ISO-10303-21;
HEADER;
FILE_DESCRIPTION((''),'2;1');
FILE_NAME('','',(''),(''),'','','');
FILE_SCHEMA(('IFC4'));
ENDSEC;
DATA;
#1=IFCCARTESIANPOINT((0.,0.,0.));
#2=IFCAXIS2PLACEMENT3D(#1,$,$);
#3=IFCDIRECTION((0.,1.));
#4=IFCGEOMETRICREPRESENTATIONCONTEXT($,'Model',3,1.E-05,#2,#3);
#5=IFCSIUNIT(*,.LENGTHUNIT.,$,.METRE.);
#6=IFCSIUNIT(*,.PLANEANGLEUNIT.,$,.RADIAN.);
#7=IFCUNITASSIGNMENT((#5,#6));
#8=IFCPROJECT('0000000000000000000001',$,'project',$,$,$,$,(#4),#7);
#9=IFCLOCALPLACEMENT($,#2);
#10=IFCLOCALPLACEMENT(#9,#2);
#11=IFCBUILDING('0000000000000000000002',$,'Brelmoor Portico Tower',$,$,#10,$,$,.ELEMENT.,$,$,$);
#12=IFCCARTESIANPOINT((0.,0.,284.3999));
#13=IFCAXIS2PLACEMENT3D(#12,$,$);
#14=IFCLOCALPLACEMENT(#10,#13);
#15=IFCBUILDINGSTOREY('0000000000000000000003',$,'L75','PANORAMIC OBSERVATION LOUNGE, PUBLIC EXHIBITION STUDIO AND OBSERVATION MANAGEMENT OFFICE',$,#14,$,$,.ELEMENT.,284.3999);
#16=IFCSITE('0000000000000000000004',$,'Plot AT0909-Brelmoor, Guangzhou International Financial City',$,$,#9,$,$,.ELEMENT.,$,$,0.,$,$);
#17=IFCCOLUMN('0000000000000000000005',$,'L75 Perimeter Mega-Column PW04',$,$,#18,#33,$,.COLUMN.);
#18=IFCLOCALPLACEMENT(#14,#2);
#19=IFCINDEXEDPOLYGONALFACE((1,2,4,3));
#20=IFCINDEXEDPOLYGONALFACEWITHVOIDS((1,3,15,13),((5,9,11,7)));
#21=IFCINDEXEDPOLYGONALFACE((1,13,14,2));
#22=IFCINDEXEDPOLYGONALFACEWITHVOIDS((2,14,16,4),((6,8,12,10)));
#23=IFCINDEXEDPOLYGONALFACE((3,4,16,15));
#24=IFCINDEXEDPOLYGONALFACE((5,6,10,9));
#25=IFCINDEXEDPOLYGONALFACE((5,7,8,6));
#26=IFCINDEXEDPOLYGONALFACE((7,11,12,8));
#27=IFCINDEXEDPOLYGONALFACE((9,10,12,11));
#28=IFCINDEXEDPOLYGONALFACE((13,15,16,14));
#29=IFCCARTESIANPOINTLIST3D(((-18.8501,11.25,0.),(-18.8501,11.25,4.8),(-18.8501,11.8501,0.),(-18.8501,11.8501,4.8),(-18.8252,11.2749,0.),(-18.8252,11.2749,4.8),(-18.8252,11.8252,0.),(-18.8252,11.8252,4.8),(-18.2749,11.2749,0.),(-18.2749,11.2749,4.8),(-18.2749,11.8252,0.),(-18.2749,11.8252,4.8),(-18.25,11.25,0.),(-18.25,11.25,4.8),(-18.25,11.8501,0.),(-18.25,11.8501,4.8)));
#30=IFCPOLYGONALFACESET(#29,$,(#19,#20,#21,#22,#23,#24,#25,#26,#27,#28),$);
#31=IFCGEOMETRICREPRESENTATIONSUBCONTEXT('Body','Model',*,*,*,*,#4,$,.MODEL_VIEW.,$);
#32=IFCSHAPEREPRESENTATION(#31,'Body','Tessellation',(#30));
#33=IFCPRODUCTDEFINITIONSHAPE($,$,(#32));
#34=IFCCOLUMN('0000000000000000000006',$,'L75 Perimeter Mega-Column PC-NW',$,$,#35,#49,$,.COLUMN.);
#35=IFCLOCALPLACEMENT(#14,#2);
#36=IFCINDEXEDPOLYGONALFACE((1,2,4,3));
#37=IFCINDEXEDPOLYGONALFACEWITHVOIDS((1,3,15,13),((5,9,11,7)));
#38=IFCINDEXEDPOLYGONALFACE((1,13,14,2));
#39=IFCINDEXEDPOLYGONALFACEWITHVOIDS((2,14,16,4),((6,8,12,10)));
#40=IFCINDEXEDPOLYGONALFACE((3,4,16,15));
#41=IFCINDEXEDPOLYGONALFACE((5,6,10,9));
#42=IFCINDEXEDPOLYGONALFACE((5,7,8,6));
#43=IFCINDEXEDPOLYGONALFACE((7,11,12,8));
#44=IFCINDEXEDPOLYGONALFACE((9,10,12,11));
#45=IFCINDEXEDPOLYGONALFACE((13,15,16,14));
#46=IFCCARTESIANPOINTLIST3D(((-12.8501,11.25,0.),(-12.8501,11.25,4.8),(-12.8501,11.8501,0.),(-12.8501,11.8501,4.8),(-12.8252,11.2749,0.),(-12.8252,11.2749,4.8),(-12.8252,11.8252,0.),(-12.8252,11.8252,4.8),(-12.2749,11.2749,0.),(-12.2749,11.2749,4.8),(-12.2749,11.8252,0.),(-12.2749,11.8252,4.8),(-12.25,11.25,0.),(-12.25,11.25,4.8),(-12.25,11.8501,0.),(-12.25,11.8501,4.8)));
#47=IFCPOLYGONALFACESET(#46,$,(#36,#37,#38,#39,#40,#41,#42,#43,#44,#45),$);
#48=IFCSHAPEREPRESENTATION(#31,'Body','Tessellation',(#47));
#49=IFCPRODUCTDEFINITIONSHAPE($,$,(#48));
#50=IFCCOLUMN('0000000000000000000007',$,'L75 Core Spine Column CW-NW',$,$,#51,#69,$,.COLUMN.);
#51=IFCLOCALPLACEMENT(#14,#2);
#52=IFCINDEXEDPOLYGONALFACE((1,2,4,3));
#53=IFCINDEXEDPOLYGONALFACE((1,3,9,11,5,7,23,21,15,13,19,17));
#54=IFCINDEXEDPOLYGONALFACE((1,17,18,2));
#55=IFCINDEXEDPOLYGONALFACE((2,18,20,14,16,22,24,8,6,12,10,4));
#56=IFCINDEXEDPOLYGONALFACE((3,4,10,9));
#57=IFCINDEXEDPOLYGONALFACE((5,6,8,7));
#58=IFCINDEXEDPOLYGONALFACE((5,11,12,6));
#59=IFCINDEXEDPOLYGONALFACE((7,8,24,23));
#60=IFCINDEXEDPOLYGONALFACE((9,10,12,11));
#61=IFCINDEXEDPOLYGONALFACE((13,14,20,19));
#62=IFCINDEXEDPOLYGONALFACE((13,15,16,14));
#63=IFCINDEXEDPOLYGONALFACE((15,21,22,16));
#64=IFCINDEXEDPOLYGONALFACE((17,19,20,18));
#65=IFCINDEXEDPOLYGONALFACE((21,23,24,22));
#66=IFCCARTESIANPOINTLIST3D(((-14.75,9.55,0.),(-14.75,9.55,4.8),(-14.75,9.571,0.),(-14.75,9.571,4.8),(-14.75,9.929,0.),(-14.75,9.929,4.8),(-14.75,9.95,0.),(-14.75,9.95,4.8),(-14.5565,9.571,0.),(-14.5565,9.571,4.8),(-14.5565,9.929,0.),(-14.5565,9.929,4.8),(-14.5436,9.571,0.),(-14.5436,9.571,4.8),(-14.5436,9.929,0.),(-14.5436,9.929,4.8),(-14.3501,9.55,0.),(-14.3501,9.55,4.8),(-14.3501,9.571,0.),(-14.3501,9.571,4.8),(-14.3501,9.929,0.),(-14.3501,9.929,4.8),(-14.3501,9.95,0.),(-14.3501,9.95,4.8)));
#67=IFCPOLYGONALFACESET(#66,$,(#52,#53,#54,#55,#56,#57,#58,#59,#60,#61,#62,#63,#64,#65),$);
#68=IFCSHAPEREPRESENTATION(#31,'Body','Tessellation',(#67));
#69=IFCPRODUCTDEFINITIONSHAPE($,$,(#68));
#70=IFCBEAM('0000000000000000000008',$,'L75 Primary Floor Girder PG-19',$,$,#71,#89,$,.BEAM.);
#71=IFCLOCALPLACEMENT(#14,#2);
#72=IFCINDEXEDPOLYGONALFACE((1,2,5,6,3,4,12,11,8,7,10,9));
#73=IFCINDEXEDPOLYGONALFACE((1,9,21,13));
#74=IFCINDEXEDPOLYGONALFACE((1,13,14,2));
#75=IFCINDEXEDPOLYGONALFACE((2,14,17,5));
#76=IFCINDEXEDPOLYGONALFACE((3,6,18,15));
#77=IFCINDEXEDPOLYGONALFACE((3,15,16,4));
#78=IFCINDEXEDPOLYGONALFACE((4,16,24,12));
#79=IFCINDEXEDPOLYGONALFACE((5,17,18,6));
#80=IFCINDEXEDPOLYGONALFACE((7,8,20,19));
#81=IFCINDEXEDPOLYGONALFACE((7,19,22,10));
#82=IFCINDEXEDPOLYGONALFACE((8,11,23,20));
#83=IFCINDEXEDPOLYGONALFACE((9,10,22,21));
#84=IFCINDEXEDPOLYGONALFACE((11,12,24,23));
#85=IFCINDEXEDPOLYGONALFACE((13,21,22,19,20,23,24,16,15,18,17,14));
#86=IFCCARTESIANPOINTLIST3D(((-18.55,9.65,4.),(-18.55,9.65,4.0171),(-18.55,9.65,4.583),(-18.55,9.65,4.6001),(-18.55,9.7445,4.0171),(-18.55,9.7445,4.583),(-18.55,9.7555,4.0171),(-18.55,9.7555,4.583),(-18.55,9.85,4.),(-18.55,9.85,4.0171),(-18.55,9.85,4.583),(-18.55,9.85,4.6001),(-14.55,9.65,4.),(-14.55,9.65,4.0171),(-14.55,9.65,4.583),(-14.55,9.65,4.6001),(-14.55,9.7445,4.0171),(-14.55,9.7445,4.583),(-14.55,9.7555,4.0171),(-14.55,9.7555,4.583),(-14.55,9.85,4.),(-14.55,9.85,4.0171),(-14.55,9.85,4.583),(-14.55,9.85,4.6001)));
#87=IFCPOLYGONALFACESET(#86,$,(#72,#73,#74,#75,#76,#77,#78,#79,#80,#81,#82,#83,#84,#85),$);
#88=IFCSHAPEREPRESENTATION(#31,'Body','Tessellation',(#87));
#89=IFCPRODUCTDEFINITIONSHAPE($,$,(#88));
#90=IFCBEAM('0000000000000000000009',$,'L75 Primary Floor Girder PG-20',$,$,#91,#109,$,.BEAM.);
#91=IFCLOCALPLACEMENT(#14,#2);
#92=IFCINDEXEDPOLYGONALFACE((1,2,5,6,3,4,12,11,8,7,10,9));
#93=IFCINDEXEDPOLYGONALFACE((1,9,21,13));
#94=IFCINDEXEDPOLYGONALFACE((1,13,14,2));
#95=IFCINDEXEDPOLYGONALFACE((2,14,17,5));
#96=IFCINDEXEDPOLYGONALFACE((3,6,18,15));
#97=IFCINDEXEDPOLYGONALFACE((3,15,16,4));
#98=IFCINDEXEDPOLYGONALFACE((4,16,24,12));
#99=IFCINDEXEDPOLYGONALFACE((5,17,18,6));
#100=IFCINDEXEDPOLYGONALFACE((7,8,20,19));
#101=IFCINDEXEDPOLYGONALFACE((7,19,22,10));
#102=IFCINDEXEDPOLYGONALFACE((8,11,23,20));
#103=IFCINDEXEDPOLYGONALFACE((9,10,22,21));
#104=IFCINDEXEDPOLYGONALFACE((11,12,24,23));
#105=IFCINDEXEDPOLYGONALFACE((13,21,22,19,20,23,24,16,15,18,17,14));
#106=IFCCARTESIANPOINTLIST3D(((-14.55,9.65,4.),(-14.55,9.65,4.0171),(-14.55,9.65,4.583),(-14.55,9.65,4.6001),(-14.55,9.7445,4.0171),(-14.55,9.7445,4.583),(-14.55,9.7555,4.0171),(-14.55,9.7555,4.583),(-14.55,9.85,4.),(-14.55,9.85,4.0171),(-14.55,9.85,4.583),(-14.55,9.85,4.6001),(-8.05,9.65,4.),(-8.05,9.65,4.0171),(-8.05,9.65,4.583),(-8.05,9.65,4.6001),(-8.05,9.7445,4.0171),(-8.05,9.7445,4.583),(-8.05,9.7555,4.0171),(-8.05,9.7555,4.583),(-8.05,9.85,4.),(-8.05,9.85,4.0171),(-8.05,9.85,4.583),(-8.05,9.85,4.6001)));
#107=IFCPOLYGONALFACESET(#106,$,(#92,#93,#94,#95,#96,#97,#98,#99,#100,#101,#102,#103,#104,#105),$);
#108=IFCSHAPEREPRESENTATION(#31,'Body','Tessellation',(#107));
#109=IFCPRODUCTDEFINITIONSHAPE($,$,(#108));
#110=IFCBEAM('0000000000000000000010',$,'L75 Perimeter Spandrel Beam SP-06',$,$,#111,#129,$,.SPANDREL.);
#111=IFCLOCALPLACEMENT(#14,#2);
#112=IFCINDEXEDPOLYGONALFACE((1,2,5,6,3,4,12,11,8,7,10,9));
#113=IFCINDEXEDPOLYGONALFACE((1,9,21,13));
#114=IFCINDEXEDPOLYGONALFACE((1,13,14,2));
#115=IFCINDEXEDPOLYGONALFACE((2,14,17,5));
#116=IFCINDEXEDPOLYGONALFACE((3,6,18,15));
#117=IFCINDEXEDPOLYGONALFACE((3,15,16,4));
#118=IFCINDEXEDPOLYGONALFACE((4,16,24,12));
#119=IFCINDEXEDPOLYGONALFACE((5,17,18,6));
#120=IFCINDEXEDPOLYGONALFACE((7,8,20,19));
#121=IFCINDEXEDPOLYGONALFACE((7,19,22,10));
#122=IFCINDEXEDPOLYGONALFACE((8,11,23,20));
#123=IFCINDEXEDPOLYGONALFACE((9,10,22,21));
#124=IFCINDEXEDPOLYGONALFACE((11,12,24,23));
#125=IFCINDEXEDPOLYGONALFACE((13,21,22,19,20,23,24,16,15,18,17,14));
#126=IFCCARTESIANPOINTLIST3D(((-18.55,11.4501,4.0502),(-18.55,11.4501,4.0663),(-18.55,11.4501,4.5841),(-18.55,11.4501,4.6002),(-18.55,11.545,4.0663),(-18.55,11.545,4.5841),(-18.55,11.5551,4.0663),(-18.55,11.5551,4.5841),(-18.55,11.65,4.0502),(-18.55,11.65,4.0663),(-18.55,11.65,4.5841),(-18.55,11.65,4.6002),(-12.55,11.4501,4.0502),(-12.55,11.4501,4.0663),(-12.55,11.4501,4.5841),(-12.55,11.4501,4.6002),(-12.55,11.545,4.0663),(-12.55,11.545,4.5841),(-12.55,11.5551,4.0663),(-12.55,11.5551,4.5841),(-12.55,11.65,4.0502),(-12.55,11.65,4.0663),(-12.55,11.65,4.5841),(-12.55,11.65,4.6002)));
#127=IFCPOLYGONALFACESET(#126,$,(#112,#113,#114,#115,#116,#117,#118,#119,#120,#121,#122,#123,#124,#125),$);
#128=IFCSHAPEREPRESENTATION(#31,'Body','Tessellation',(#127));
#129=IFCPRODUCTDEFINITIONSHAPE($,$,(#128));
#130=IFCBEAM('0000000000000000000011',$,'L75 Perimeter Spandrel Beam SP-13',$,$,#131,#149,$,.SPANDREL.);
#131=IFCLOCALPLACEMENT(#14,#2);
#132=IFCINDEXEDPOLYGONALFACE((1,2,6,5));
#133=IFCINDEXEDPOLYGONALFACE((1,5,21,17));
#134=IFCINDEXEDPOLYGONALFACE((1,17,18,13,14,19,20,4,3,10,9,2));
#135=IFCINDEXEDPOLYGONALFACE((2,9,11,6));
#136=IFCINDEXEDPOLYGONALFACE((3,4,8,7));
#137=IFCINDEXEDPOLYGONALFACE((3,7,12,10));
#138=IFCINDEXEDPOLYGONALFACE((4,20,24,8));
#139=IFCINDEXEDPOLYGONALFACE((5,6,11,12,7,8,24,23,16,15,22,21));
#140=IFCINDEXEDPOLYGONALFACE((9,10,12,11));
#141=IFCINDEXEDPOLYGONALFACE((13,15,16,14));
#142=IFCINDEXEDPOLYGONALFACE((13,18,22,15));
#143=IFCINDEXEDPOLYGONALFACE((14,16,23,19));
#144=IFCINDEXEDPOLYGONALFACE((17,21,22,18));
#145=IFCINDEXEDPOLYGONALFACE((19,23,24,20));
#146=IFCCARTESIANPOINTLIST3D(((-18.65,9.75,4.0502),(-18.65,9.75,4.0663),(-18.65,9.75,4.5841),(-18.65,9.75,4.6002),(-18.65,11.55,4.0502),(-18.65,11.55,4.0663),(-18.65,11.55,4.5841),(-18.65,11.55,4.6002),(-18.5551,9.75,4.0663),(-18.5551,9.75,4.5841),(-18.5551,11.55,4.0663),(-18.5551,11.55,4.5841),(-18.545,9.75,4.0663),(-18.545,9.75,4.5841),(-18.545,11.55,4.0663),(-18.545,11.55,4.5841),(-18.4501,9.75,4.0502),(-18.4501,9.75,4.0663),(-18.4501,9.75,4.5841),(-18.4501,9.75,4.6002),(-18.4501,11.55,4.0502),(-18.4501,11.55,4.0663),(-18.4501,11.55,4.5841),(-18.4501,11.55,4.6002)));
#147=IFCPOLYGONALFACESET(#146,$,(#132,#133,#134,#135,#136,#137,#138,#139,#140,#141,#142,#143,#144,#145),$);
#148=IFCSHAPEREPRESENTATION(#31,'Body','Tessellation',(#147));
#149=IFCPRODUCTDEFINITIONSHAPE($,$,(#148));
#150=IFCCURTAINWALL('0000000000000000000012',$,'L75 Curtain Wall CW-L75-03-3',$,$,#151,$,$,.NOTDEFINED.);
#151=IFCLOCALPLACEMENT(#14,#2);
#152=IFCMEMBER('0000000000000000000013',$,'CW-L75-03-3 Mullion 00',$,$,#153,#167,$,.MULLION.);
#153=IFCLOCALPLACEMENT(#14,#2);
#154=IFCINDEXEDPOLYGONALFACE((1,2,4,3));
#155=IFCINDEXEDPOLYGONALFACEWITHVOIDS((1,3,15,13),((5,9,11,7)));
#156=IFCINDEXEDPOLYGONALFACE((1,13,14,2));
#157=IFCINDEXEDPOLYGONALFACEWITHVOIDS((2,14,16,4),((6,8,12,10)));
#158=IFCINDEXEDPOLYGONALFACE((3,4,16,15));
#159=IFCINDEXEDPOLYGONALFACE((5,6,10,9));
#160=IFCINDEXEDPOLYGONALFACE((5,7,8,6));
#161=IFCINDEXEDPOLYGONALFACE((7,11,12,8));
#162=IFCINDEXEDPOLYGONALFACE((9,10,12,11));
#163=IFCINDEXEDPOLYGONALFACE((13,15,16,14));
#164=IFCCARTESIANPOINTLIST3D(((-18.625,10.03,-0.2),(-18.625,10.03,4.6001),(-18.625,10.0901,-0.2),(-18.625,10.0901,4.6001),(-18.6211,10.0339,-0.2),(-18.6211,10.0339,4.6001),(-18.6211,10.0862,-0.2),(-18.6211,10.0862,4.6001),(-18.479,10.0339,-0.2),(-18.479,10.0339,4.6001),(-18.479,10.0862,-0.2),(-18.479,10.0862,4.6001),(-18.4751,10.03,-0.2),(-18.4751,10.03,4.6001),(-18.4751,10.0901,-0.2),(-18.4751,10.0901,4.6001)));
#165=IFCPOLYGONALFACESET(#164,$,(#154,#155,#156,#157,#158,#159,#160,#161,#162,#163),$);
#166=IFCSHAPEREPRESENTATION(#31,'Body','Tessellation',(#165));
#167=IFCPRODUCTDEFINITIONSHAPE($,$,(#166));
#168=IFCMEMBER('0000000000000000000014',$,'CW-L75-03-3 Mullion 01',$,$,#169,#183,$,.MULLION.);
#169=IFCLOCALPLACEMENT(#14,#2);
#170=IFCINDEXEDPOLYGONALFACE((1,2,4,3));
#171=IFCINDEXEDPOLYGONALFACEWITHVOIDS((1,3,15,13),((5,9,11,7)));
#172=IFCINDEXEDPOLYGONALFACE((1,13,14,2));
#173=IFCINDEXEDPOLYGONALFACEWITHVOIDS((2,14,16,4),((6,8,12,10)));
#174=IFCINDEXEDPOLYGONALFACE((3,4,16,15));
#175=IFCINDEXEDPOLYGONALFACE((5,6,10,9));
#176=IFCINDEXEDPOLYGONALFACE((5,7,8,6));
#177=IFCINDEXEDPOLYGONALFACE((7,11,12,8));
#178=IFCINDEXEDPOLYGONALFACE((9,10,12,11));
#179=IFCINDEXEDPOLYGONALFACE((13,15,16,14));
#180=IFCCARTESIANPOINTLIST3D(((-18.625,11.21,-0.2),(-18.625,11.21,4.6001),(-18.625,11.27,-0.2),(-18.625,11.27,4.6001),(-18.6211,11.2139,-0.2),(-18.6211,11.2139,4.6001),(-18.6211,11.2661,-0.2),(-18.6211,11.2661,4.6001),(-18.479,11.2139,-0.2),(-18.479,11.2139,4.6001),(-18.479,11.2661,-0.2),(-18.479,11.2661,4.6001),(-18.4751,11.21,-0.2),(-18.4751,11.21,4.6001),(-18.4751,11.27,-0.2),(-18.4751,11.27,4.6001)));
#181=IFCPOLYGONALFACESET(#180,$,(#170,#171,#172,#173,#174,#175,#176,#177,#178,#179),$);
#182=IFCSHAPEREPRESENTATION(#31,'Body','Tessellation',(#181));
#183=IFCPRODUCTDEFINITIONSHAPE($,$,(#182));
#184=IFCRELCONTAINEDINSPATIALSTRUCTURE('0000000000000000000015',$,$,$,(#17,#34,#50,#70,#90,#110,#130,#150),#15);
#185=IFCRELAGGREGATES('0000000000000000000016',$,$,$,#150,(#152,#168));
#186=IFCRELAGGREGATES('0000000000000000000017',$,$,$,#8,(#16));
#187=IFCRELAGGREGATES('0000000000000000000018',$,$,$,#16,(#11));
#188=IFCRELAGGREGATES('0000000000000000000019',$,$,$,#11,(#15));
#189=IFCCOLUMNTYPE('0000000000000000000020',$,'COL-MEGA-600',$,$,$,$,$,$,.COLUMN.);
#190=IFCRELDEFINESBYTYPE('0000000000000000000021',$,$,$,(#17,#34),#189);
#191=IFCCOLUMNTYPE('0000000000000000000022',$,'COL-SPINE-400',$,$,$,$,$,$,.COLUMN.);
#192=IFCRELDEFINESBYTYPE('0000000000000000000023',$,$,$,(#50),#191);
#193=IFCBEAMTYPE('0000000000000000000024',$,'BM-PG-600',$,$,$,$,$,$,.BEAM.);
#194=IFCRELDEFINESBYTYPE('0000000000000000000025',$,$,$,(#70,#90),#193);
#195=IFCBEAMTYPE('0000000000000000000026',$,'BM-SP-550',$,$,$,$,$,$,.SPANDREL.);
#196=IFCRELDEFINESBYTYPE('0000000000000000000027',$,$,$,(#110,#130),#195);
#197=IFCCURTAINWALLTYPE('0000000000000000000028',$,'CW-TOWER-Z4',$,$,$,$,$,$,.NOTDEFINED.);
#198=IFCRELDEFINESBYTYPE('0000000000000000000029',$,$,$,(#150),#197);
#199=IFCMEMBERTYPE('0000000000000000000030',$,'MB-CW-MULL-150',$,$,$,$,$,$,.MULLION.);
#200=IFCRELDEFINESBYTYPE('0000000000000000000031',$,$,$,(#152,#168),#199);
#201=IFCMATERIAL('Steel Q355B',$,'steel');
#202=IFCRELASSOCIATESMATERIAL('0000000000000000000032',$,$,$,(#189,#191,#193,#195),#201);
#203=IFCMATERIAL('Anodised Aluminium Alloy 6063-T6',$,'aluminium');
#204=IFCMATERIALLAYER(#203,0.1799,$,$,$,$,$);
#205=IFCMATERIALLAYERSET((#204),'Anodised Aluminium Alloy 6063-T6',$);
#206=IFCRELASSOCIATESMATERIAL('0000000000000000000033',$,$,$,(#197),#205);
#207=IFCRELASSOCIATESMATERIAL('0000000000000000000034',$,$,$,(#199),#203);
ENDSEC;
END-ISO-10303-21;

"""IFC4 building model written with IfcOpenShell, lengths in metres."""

from ifc_helpers import new_model, si_unit, direction, frame, origin, origin_2d, place, context, subcontext, project, spatial, hollow_rectangle, i_section, extrude, material, layer, layer_set, material_profile, profile_set, type_object, element, aggregate, save


model = new_model("IFC4")

# Units and contexts
model_context = context("Model", 3, precision=1e-05, world=origin(), true_north=direction((0.0, 1.0)))
body_context = subcontext(model_context, "Body", "Model", "MODEL_VIEW")
ifc_project = project(units=[si_unit("LENGTHUNIT", "METRE"), si_unit("PLANEANGLEUNIT", "RADIAN")], contexts=[model_context])

# Site, building, storey
site_placement = place(None, origin())
site = spatial("IfcSite", under=ifc_project, at=site_placement, Name="Plot AT0909-Brelmoor, Guangzhou International Financial City", CompositionType="ELEMENT", RefElevation=0.0)
building_placement = place(site_placement, origin())
building = spatial("IfcBuilding", under=site, at=building_placement, Name="Brelmoor Portico Tower", CompositionType="ELEMENT")
storey_placement = place(building_placement, frame((0.0, 0.0, 284.3999)))
storey = spatial("IfcBuildingStorey", under=building, at=storey_placement, Name="L75", Description="PANORAMIC OBSERVATION LOUNGE, PUBLIC EXHIBITION STUDIO AND OBSERVATION MANAGEMENT OFFICE", CompositionType="ELEMENT", Elevation=284.3999)

# Columns
ifc_material_1 = material(Name="Steel Q355B", Category="steel")
ifc_material_profile_1 = material_profile(ifc_material_1, hollow_rectangle(XDim=0.6001, YDim=0.6001, WallThickness=0.0249, at=origin_2d()), Name="BOX 600x600x25")
ifc_profile_set_1 = profile_set([ifc_material_profile_1], Name="Steel Q355B")
column_type_1 = type_object("IfcColumnType", Name="COL-MEGA-600", PredefinedType="COLUMN", material=ifc_profile_set_1)
for number, where, z_axis, x_axis, name in (
    (1, (-18.55, 11.55, 0.0), (0.0, 0.0, 1.0), (0.0, 1.0, 0.0), "L75 Perimeter Mega-Column PW04"),
    (2, (-12.55, 11.55, 0.0), (0.0, 0.0, 1.0), (1.0, 0.0, 0.0), "L75 Perimeter Mega-Column PC-NW"),
):
    element("IfcColumn", number, at=place(storey_placement, frame(where, z_axis=z_axis, x_axis=x_axis)), inside=storey, type_object=column_type_1, Name=name, PredefinedType="COLUMN", context=body_context, shape_type="SweptSolid", body=[
        extrude(hollow_rectangle(XDim=0.6001, YDim=0.6001, WallThickness=0.0249, at=origin_2d()), origin(), (0.0, 0.0, 1.0), 4.8),
    ])
ifc_material_profile_2 = material_profile(ifc_material_1, i_section(OverallWidth=0.3999, OverallDepth=0.3999, WebThickness=0.0129, FlangeThickness=0.021, at=origin_2d()), Name="HW 400x400x13x21")
ifc_profile_set_2 = profile_set([ifc_material_profile_2], Name="Steel Q355B")
column_type_2 = type_object("IfcColumnType", Name="COL-SPINE-400", PredefinedType="COLUMN", material=ifc_profile_set_2)
column_placement = place(storey_placement, frame((-14.55, 9.75, 0.0), z_axis=(0.0, 0.0, 1.0), x_axis=(1.0, 0.0, 0.0)))
element("IfcColumn", 3, at=column_placement, inside=storey, type_object=column_type_2, Name="L75 Core Spine Column CW-NW", PredefinedType="COLUMN", context=body_context, shape_type="SweptSolid", body=[
    extrude(i_section(OverallWidth=0.3999, OverallDepth=0.3999, WebThickness=0.0129, FlangeThickness=0.021, at=origin_2d()), origin(), (0.0, 0.0, 1.0), 4.8),
])

# Beams
ifc_material_profile_3 = material_profile(ifc_material_1, i_section(OverallWidth=0.2, OverallDepth=0.6001, WebThickness=0.011, FlangeThickness=0.0171, at=origin_2d()), Name="HN 600x200x11x17")
ifc_profile_set_3 = profile_set([ifc_material_profile_3], Name="Steel Q355B")
beam_type_1 = type_object("IfcBeamType", Name="BM-PG-600", PredefinedType="BEAM", material=ifc_profile_set_3)
beam_1_placement = place(storey_placement, frame((-18.55, 9.75, 4.3), z_axis=(1.0, 0.0, 0.0), x_axis=(0.0, 1.0, 0.0)))
element("IfcBeam", 4, at=beam_1_placement, inside=storey, type_object=beam_type_1, Name="L75 Primary Floor Girder PG-19", PredefinedType="BEAM", context=body_context, shape_type="SweptSolid", body=[
    extrude(i_section(OverallWidth=0.2, OverallDepth=0.6001, WebThickness=0.011, FlangeThickness=0.0171, at=origin_2d()), origin(), (0.0, 0.0, 1.0), 4.0),
])
beam_2_placement = place(storey_placement, frame((-14.55, 9.75, 4.3), z_axis=(1.0, 0.0, 0.0), x_axis=(0.0, 1.0, 0.0)))
element("IfcBeam", 5, at=beam_2_placement, inside=storey, type_object=beam_type_1, Name="L75 Primary Floor Girder PG-20", PredefinedType="BEAM", context=body_context, shape_type="SweptSolid", body=[
    extrude(i_section(OverallWidth=0.2, OverallDepth=0.6001, WebThickness=0.011, FlangeThickness=0.0171, at=origin_2d()), origin(), (0.0, 0.0, 1.0), 6.5),
])
ifc_material_profile_4 = material_profile(ifc_material_1, i_section(OverallWidth=0.2, OverallDepth=0.55, WebThickness=0.01, FlangeThickness=0.0161, at=origin_2d()), Name="HN 550x200x10x16")
ifc_profile_set_4 = profile_set([ifc_material_profile_4], Name="Steel Q355B")
beam_type_2 = type_object("IfcBeamType", Name="BM-SP-550", PredefinedType="SPANDREL", material=ifc_profile_set_4)
beam_3_placement = place(storey_placement, frame((-18.55, 11.55, 4.3252), z_axis=(1.0, 0.0, 0.0), x_axis=(0.0, 1.0, 0.0)))
element("IfcBeam", 6, at=beam_3_placement, inside=storey, type_object=beam_type_2, Name="L75 Perimeter Spandrel Beam SP-06", PredefinedType="SPANDREL", context=body_context, shape_type="SweptSolid", body=[
    extrude(i_section(OverallWidth=0.2, OverallDepth=0.55, WebThickness=0.01, FlangeThickness=0.0161, at=origin_2d()), origin(), (0.0, 0.0, 1.0), 6.0),
])
beam_4_placement = place(storey_placement, frame((-18.55, 9.75, 4.3252), z_axis=(0.0, 1.0, 0.0), x_axis=(-1.0, 0.0, 0.0)))
element("IfcBeam", 7, at=beam_4_placement, inside=storey, type_object=beam_type_2, Name="L75 Perimeter Spandrel Beam SP-13", PredefinedType="SPANDREL", context=body_context, shape_type="SweptSolid", body=[
    extrude(i_section(OverallWidth=0.2, OverallDepth=0.55, WebThickness=0.01, FlangeThickness=0.0161, at=origin_2d()), origin(), (0.0, 0.0, 1.0), 1.8),
])

# Curtain wall, members
ifc_material_2 = material(Name="Anodised Aluminium Alloy 6063-T6", Category="aluminium")
ifc_layer_1 = layer(ifc_material_2, 0.1799)
ifc_layer_set_1 = layer_set([ifc_layer_1], Name="Anodised Aluminium Alloy 6063-T6")
curtain_wall_type = type_object("IfcCurtainWallType", Name="CW-TOWER-Z4", PredefinedType="NOTDEFINED", material=ifc_layer_set_1)
curtain_wall_placement = place(storey_placement, origin())
curtain_wall = element("IfcCurtainWall", 8, at=curtain_wall_placement, inside=storey, type_object=curtain_wall_type, Name="L75 Curtain Wall CW-L75-03-3", PredefinedType="NOTDEFINED")
ifc_material_profile_5 = material_profile(ifc_material_2, hollow_rectangle(XDim=0.0601, YDim=0.1499, WallThickness=0.0039, at=origin_2d()), Name="ALU MULLION 60x150")
ifc_profile_set_5 = profile_set([ifc_material_profile_5], Name="Anodised Aluminium Alloy 6063-T6")
member_type_1 = type_object("IfcMemberType", Name="MB-CW-MULL-150", PredefinedType="MULLION", material=ifc_profile_set_5)
member_1_placement = place(storey_placement, frame((-18.55, 10.0601, -0.2), z_axis=(0.0, 0.0, 1.0), x_axis=(0.0, 1.0, 0.0)))
member_1 = element("IfcMember", 9, at=member_1_placement, type_object=member_type_1, Name="CW-L75-03-3 Mullion 00", PredefinedType="MULLION", context=body_context, shape_type="SweptSolid", body=[
    extrude(hollow_rectangle(XDim=0.0601, YDim=0.1499, WallThickness=0.0039, at=origin_2d()), origin(), (0.0, 0.0, 1.0), 4.8),
])
member_2_placement = place(storey_placement, frame((-18.55, 11.24, -0.2), z_axis=(0.0, 0.0, 1.0), x_axis=(0.0, 1.0, 0.0)))
member_2 = element("IfcMember", 10, at=member_2_placement, type_object=member_type_1, Name="CW-L75-03-3 Mullion 01", PredefinedType="MULLION", context=body_context, shape_type="SweptSolid", body=[
    extrude(hollow_rectangle(XDim=0.0601, YDim=0.1499, WallThickness=0.0039, at=origin_2d()), origin(), (0.0, 0.0, 1.0), 4.8),
])

aggregate(curtain_wall, [member_1, member_2])

save(model, "model.ifc")
